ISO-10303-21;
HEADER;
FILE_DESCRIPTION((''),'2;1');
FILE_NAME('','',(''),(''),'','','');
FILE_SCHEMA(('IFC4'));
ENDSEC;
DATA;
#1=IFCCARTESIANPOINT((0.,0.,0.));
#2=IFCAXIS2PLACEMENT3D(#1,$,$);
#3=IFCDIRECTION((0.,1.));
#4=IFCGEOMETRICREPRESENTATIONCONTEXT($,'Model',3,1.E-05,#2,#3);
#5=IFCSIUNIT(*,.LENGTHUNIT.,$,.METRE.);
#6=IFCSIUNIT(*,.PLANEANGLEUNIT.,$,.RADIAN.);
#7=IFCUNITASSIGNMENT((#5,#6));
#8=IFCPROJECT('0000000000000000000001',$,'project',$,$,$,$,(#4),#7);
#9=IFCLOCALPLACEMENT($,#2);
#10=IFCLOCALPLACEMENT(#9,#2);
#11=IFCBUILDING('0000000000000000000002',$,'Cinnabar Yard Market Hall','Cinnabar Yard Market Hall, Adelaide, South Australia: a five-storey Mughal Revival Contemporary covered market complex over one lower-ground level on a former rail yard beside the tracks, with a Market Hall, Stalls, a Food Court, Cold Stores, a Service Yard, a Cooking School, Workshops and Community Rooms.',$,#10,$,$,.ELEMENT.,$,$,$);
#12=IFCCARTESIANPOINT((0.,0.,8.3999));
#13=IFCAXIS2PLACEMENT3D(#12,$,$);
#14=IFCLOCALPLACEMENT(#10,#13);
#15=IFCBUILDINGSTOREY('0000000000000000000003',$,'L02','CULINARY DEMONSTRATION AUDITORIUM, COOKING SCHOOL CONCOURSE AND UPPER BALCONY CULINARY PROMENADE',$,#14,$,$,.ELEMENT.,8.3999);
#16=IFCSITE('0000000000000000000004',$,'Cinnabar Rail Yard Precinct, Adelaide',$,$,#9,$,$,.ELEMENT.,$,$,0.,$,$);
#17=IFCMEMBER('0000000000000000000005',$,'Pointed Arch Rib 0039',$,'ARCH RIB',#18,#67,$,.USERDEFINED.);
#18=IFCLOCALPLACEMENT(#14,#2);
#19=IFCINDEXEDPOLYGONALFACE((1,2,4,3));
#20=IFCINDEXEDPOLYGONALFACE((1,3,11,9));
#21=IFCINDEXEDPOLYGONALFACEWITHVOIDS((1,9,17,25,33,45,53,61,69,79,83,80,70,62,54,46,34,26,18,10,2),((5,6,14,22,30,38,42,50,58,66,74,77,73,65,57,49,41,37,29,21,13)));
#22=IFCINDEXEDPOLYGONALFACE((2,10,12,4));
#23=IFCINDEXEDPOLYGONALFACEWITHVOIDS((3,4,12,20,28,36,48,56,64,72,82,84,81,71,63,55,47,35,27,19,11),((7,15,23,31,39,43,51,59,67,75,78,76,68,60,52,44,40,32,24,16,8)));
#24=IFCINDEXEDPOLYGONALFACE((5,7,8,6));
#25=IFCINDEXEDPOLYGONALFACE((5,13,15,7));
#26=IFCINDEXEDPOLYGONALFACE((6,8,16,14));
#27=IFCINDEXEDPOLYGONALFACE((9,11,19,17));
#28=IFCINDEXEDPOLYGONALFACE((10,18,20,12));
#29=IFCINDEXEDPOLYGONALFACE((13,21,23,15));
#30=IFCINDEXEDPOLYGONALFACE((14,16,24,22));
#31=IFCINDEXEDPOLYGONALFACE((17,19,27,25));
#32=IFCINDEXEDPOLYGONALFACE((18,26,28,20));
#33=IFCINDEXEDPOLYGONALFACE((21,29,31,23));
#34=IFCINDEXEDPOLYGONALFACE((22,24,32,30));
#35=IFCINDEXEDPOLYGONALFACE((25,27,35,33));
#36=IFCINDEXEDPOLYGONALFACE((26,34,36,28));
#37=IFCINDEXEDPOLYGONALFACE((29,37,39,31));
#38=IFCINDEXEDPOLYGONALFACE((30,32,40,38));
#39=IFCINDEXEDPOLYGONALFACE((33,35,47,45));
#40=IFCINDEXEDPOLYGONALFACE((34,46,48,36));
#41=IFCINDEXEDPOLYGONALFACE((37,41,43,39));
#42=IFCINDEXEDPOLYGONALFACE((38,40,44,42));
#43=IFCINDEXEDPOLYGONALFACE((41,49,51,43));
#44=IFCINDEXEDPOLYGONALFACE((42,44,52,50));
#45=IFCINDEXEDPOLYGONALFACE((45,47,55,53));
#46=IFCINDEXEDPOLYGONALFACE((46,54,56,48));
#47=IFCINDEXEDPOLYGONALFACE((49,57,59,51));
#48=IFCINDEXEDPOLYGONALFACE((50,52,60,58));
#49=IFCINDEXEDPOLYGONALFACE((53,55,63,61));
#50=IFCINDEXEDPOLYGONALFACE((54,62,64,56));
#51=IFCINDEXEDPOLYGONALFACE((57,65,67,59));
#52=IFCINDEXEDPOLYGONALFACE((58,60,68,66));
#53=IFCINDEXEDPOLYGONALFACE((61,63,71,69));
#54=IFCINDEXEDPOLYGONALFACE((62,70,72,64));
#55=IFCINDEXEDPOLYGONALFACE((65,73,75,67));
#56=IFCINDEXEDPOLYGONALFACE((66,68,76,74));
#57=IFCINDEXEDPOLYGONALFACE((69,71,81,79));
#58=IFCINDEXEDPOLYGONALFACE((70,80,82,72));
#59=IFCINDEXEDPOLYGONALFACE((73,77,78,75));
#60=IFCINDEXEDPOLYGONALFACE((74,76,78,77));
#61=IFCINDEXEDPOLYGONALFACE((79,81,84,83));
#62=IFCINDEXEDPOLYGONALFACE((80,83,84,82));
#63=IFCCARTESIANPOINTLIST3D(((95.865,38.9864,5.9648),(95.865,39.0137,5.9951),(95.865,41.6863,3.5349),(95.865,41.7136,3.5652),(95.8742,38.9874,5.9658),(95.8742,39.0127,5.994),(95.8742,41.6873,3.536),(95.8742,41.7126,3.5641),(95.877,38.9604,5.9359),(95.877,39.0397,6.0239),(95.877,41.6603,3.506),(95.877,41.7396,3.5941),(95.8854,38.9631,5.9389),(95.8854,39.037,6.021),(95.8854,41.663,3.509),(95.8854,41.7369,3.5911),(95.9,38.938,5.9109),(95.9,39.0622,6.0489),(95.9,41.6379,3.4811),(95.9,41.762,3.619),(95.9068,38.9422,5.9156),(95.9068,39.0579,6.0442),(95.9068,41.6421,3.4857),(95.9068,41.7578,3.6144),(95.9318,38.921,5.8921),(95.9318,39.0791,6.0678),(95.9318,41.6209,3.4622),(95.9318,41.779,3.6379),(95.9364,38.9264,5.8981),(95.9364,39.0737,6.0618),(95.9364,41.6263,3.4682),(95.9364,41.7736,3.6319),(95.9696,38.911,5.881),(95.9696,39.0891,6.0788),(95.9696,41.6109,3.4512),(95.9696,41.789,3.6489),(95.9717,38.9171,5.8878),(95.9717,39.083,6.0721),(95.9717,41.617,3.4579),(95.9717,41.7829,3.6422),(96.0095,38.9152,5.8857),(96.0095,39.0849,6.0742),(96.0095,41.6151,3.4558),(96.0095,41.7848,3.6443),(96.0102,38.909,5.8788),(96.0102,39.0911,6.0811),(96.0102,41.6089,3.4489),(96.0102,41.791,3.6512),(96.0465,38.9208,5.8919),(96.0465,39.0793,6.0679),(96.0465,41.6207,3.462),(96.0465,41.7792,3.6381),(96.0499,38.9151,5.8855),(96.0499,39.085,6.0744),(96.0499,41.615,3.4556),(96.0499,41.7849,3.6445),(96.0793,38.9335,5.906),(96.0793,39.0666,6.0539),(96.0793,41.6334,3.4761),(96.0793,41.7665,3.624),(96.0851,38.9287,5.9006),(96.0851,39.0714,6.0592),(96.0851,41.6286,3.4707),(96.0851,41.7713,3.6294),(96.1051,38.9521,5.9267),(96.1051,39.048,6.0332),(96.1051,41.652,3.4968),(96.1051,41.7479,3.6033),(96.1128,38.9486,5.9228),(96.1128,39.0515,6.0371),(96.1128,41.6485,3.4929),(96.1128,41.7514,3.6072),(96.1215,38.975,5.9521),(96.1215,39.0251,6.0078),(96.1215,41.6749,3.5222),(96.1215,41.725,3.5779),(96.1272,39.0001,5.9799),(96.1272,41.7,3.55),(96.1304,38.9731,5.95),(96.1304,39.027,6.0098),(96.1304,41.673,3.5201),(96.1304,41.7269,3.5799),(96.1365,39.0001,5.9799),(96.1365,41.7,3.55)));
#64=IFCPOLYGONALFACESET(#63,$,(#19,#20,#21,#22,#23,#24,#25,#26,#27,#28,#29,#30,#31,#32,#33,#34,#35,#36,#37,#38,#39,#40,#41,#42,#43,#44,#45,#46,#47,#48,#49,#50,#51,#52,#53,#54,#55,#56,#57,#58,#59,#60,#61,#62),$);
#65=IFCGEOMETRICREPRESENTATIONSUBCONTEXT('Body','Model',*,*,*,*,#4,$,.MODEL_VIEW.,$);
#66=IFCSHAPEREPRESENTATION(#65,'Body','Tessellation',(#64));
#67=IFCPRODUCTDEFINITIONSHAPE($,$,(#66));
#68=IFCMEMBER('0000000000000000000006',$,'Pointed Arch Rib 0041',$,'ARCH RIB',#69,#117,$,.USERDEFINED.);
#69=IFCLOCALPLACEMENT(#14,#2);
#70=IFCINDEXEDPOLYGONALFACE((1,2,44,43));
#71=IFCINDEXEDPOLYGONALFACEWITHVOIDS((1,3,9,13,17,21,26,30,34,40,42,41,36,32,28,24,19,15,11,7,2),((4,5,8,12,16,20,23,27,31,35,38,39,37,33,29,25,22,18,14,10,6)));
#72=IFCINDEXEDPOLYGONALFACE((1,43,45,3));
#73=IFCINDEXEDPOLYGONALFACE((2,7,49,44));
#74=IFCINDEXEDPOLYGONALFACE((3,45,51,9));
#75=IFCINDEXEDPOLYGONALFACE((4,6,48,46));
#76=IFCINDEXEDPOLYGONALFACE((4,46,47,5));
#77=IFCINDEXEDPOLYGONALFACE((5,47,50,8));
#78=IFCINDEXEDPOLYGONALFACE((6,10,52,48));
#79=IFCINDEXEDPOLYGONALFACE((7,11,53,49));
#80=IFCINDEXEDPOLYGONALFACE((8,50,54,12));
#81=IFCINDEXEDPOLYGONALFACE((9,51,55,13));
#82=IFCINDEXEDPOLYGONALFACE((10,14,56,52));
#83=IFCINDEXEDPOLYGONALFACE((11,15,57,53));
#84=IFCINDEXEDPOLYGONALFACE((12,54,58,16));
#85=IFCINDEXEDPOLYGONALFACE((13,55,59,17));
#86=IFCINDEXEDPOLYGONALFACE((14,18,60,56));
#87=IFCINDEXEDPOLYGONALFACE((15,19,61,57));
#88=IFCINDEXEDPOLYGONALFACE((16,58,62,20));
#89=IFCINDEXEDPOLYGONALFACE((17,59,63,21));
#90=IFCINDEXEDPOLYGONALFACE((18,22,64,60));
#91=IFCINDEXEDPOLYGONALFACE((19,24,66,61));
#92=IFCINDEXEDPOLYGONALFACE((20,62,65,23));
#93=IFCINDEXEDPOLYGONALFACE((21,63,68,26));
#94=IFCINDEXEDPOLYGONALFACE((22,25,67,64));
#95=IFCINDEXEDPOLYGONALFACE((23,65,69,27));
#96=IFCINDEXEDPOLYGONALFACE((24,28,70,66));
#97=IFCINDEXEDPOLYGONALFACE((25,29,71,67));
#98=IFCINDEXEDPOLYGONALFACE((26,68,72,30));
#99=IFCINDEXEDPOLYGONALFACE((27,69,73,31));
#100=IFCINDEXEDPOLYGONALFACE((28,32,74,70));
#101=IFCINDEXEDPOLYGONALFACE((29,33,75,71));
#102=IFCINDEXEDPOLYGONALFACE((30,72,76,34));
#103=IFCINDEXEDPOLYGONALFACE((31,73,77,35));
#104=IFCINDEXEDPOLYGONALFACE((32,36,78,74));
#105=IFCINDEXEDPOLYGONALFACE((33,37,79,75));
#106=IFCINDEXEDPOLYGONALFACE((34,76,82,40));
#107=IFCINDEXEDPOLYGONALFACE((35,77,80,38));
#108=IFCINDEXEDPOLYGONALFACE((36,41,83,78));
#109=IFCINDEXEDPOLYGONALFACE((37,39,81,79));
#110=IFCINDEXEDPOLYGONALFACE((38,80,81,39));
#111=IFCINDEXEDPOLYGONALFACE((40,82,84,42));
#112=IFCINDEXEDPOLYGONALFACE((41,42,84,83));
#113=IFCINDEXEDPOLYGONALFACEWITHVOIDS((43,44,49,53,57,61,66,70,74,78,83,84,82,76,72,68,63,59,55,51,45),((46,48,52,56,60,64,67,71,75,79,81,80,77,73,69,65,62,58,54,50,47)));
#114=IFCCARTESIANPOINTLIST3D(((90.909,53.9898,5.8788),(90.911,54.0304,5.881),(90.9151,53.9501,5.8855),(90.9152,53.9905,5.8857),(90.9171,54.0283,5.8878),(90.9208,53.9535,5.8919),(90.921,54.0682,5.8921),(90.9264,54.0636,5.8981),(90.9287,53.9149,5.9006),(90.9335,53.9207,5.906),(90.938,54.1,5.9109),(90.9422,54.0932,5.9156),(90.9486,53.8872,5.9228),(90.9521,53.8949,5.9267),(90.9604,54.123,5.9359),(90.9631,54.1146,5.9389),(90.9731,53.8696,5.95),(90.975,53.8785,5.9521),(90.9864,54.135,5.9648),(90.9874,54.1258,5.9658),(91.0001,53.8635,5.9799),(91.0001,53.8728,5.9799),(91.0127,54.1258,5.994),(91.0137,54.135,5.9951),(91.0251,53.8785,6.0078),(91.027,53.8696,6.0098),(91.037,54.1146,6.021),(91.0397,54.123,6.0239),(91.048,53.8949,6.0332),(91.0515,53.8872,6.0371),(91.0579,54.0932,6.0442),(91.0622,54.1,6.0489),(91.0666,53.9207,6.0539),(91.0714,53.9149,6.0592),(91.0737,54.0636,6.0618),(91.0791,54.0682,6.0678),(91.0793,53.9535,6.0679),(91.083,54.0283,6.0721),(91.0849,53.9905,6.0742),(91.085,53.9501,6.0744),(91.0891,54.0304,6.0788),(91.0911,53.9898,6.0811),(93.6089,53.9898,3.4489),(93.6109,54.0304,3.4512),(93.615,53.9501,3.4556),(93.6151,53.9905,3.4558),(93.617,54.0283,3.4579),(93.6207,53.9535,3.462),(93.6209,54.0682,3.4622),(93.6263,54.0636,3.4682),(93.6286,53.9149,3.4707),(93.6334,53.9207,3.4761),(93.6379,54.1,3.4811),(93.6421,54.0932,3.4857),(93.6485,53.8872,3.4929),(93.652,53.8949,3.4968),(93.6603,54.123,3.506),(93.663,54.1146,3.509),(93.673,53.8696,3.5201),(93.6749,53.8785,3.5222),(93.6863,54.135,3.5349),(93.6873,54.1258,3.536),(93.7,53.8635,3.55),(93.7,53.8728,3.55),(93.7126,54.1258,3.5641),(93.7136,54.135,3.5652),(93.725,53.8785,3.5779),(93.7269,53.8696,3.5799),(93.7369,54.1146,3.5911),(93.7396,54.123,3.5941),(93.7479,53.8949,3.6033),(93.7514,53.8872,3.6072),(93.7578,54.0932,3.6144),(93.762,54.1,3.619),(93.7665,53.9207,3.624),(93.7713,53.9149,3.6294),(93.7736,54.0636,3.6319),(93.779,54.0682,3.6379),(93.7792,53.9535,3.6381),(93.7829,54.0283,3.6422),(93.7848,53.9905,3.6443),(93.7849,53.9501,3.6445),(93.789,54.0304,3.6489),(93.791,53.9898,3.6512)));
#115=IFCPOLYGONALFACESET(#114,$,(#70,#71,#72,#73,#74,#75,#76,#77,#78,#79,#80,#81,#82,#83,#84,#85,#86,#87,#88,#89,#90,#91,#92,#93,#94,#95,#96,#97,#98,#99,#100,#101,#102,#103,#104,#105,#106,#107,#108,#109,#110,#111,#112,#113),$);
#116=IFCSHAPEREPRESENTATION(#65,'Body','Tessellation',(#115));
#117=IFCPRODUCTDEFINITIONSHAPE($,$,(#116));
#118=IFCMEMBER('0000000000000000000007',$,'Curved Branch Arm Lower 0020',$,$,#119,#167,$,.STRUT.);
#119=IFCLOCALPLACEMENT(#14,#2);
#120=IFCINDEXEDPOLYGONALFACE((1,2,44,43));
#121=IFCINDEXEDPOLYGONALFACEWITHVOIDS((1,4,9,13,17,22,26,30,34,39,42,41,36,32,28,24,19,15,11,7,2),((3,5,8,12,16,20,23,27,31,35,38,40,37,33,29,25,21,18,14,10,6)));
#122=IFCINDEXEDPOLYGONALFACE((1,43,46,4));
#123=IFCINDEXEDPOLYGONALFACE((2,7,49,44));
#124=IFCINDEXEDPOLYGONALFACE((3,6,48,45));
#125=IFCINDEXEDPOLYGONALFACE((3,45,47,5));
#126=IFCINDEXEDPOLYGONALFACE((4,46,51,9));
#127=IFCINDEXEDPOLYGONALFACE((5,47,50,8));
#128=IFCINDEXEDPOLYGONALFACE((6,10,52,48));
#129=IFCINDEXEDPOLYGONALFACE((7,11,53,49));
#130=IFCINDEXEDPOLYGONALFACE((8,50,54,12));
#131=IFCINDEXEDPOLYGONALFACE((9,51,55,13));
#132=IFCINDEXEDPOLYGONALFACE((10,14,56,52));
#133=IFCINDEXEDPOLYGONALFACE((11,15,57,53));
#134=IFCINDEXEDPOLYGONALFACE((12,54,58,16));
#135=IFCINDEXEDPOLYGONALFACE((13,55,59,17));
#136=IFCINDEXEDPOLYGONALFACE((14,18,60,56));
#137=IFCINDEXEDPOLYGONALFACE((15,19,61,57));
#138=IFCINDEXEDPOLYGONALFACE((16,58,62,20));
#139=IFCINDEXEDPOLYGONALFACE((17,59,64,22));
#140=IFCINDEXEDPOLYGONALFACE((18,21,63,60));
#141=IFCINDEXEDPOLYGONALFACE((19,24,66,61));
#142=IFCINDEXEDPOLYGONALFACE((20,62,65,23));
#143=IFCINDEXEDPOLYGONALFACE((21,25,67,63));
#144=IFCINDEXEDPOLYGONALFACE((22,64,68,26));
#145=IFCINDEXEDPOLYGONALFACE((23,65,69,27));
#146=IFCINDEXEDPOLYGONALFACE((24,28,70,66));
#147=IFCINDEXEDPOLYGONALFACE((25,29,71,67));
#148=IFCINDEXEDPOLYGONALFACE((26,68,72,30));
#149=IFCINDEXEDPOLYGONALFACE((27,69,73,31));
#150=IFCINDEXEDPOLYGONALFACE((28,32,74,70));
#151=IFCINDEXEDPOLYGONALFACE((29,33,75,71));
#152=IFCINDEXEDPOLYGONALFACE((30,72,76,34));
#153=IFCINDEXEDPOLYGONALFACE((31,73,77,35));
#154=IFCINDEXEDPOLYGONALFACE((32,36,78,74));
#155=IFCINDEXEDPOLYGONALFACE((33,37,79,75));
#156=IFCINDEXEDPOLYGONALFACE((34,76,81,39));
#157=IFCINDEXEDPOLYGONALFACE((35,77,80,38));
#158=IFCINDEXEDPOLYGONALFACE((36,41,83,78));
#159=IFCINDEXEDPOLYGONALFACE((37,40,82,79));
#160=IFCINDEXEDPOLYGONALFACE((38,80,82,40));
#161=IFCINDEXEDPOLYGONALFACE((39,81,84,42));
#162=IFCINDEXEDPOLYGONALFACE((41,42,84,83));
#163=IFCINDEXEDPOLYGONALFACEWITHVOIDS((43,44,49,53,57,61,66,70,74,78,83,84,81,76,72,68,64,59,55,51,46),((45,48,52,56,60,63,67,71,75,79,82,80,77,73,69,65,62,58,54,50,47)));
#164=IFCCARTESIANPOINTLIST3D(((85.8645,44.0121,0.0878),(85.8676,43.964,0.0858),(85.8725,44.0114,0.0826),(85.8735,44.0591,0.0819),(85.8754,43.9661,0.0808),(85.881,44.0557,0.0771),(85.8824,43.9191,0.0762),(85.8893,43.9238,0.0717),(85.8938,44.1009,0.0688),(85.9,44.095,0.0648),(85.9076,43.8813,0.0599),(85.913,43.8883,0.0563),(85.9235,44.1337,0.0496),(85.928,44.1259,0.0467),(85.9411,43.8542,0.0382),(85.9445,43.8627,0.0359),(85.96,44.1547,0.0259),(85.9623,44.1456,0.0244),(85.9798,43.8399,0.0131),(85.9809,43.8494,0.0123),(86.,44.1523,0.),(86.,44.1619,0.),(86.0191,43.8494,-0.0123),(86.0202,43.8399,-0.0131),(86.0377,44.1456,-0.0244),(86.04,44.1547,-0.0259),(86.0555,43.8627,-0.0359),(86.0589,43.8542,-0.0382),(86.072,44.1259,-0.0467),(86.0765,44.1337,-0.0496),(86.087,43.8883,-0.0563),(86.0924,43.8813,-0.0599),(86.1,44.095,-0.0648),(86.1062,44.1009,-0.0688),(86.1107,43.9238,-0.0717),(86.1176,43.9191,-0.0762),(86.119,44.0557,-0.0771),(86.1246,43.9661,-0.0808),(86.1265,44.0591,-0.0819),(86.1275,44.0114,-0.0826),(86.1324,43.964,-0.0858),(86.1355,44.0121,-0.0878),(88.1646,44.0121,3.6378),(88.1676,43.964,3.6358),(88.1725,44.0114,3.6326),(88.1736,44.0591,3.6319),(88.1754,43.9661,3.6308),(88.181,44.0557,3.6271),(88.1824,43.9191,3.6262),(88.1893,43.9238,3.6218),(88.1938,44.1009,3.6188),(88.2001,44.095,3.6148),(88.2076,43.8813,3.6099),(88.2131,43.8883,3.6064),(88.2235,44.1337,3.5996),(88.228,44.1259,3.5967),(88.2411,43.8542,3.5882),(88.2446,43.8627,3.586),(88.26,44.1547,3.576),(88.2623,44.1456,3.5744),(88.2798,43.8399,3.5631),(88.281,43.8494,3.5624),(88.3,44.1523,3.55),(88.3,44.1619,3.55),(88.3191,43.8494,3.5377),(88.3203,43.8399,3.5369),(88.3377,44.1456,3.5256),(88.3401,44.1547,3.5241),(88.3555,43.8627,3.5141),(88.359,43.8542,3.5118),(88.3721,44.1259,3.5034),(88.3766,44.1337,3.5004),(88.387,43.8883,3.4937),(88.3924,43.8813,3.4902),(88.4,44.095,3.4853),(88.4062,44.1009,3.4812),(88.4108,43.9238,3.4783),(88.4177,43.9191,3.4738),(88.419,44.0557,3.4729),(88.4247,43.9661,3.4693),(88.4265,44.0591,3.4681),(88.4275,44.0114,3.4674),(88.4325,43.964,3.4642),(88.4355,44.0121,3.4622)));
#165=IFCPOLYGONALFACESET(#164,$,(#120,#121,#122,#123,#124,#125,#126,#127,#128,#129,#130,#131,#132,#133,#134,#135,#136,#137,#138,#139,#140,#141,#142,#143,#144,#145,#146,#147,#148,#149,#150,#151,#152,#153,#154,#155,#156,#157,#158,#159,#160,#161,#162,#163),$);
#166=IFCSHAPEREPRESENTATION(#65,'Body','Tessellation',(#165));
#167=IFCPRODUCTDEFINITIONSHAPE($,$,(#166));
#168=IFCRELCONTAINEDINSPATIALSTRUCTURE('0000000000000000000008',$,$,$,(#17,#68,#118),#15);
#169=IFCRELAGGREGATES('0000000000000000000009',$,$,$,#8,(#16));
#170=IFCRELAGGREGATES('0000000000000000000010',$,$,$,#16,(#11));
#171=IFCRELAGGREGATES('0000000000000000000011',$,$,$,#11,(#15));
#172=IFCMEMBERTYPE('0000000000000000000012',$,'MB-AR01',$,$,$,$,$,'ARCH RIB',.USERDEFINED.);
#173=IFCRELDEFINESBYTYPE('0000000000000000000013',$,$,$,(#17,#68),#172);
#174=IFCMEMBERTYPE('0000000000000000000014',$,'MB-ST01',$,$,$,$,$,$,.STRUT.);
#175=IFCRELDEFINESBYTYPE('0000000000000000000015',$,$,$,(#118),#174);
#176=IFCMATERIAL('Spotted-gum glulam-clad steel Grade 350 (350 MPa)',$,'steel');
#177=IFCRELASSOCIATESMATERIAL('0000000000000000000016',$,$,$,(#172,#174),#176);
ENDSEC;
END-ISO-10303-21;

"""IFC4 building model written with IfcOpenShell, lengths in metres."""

from ifc_helpers import new_model, si_unit, direction, frame, origin, origin_2d_with_axis, place, context, subcontext, project, spatial, hollow_circle, extrude, material, material_profile, profile_set, type_object, element, save


model = new_model("IFC4")

# Units and contexts
model_context = context("Model", 3, precision=1e-05, world=origin(), true_north=direction((0.0, 1.0)))
body_context = subcontext(model_context, "Body", "Model", "MODEL_VIEW")
ifc_project = project(units=[si_unit("LENGTHUNIT", "METRE"), si_unit("PLANEANGLEUNIT", "RADIAN")], contexts=[model_context])

# Site, building, storey
site_placement = place(None, origin())
site = spatial("IfcSite", under=ifc_project, at=site_placement, Name="Cinnabar Rail Yard Precinct, Adelaide", CompositionType="ELEMENT", RefElevation=0.0)
building_placement = place(site_placement, origin())
building = spatial("IfcBuilding", under=site, at=building_placement, Name="Cinnabar Yard Market Hall", Description="Cinnabar Yard Market Hall, Adelaide, South Australia: a five-storey Mughal Revival Contemporary covered market complex over one lower-ground level on a former rail yard beside the tracks, with a Market Hall, Stalls, a Food Court, Cold Stores, a Service Yard, a Cooking School, Workshops and Community Rooms.", CompositionType="ELEMENT")
storey_placement = place(building_placement, frame((0.0, 0.0, 8.3999)))
storey = spatial("IfcBuildingStorey", under=building, at=storey_placement, Name="L02", Description="CULINARY DEMONSTRATION AUDITORIUM, COOKING SCHOOL CONCOURSE AND UPPER BALCONY CULINARY PROMENADE", CompositionType="ELEMENT", Elevation=8.3999)

# Shared definitions
ifc_material_1 = material(Name="Spotted-gum glulam-clad steel Grade 350 (350 MPa)", Category="steel")

# Members
ifc_material_profile_1 = material_profile(ifc_material_1, hollow_circle(Radius=0.1365, WallThickness=0.0093, at=origin_2d_with_axis()), Name="273.1x9.3CHS")
ifc_profile_set_1 = profile_set([ifc_material_profile_1], Name="Spotted-gum glulam-clad steel Grade 350 (350 MPa)")
member_type_1 = type_object("IfcMemberType", Name="MB-AR01", ElementType="ARCH RIB", PredefinedType="USERDEFINED", material=ifc_profile_set_1)
for number, where, z_axis, x_axis, name in (
    (1, (96.0, 41.7, 3.55), (0.0, -0.743297, 0.668961), (1.0, 0.0, 0.0), "Pointed Arch Rib 0039"),
    (2, (93.7, 54.0, 3.55), (-0.743297, 0.0, 0.668961), (0.0, -1.0, 0.0), "Pointed Arch Rib 0041"),
):
    element("IfcMember", number, at=place(storey_placement, frame(where, z_axis=z_axis, x_axis=x_axis)), inside=storey, type_object=member_type_1, Name=name, ObjectType="ARCH RIB", PredefinedType="USERDEFINED", context=body_context, shape_type="SweptSolid", body=[
        extrude(hollow_circle(Radius=0.1365, WallThickness=0.0093, at=origin_2d_with_axis()), origin(), (0.0, 0.0, 1.0), 3.6323),
    ])
ifc_material_profile_2 = material_profile(ifc_material_1, hollow_circle(Radius=0.1619, WallThickness=0.0095, at=origin_2d_with_axis()), Name="323.9x9.5CHS")
ifc_profile_set_2 = profile_set([ifc_material_profile_2], Name="Spotted-gum glulam-clad steel Grade 350 (350 MPa)")
member_type_2 = type_object("IfcMemberType", Name="MB-ST01", PredefinedType="STRUT", material=ifc_profile_set_2)
for number, where, z_axis, x_axis, name in (
    (3, (86.0, 44.0, 0.0), (0.543744, 0.0, 0.839251), (0.0, 1.0, 0.0), "Curved Branch Arm Lower 0020"),
):
    element("IfcMember", number, at=place(storey_placement, frame(where, z_axis=z_axis, x_axis=x_axis)), inside=storey, type_object=member_type_2, Name=name, PredefinedType="STRUT", context=body_context, shape_type="SweptSolid", body=[
        extrude(hollow_circle(Radius=0.1619, WallThickness=0.0095, at=origin_2d_with_axis()), origin(), (0.0, 0.0, 1.0), 4.23),
    ])

save(model, "model.ifc")
